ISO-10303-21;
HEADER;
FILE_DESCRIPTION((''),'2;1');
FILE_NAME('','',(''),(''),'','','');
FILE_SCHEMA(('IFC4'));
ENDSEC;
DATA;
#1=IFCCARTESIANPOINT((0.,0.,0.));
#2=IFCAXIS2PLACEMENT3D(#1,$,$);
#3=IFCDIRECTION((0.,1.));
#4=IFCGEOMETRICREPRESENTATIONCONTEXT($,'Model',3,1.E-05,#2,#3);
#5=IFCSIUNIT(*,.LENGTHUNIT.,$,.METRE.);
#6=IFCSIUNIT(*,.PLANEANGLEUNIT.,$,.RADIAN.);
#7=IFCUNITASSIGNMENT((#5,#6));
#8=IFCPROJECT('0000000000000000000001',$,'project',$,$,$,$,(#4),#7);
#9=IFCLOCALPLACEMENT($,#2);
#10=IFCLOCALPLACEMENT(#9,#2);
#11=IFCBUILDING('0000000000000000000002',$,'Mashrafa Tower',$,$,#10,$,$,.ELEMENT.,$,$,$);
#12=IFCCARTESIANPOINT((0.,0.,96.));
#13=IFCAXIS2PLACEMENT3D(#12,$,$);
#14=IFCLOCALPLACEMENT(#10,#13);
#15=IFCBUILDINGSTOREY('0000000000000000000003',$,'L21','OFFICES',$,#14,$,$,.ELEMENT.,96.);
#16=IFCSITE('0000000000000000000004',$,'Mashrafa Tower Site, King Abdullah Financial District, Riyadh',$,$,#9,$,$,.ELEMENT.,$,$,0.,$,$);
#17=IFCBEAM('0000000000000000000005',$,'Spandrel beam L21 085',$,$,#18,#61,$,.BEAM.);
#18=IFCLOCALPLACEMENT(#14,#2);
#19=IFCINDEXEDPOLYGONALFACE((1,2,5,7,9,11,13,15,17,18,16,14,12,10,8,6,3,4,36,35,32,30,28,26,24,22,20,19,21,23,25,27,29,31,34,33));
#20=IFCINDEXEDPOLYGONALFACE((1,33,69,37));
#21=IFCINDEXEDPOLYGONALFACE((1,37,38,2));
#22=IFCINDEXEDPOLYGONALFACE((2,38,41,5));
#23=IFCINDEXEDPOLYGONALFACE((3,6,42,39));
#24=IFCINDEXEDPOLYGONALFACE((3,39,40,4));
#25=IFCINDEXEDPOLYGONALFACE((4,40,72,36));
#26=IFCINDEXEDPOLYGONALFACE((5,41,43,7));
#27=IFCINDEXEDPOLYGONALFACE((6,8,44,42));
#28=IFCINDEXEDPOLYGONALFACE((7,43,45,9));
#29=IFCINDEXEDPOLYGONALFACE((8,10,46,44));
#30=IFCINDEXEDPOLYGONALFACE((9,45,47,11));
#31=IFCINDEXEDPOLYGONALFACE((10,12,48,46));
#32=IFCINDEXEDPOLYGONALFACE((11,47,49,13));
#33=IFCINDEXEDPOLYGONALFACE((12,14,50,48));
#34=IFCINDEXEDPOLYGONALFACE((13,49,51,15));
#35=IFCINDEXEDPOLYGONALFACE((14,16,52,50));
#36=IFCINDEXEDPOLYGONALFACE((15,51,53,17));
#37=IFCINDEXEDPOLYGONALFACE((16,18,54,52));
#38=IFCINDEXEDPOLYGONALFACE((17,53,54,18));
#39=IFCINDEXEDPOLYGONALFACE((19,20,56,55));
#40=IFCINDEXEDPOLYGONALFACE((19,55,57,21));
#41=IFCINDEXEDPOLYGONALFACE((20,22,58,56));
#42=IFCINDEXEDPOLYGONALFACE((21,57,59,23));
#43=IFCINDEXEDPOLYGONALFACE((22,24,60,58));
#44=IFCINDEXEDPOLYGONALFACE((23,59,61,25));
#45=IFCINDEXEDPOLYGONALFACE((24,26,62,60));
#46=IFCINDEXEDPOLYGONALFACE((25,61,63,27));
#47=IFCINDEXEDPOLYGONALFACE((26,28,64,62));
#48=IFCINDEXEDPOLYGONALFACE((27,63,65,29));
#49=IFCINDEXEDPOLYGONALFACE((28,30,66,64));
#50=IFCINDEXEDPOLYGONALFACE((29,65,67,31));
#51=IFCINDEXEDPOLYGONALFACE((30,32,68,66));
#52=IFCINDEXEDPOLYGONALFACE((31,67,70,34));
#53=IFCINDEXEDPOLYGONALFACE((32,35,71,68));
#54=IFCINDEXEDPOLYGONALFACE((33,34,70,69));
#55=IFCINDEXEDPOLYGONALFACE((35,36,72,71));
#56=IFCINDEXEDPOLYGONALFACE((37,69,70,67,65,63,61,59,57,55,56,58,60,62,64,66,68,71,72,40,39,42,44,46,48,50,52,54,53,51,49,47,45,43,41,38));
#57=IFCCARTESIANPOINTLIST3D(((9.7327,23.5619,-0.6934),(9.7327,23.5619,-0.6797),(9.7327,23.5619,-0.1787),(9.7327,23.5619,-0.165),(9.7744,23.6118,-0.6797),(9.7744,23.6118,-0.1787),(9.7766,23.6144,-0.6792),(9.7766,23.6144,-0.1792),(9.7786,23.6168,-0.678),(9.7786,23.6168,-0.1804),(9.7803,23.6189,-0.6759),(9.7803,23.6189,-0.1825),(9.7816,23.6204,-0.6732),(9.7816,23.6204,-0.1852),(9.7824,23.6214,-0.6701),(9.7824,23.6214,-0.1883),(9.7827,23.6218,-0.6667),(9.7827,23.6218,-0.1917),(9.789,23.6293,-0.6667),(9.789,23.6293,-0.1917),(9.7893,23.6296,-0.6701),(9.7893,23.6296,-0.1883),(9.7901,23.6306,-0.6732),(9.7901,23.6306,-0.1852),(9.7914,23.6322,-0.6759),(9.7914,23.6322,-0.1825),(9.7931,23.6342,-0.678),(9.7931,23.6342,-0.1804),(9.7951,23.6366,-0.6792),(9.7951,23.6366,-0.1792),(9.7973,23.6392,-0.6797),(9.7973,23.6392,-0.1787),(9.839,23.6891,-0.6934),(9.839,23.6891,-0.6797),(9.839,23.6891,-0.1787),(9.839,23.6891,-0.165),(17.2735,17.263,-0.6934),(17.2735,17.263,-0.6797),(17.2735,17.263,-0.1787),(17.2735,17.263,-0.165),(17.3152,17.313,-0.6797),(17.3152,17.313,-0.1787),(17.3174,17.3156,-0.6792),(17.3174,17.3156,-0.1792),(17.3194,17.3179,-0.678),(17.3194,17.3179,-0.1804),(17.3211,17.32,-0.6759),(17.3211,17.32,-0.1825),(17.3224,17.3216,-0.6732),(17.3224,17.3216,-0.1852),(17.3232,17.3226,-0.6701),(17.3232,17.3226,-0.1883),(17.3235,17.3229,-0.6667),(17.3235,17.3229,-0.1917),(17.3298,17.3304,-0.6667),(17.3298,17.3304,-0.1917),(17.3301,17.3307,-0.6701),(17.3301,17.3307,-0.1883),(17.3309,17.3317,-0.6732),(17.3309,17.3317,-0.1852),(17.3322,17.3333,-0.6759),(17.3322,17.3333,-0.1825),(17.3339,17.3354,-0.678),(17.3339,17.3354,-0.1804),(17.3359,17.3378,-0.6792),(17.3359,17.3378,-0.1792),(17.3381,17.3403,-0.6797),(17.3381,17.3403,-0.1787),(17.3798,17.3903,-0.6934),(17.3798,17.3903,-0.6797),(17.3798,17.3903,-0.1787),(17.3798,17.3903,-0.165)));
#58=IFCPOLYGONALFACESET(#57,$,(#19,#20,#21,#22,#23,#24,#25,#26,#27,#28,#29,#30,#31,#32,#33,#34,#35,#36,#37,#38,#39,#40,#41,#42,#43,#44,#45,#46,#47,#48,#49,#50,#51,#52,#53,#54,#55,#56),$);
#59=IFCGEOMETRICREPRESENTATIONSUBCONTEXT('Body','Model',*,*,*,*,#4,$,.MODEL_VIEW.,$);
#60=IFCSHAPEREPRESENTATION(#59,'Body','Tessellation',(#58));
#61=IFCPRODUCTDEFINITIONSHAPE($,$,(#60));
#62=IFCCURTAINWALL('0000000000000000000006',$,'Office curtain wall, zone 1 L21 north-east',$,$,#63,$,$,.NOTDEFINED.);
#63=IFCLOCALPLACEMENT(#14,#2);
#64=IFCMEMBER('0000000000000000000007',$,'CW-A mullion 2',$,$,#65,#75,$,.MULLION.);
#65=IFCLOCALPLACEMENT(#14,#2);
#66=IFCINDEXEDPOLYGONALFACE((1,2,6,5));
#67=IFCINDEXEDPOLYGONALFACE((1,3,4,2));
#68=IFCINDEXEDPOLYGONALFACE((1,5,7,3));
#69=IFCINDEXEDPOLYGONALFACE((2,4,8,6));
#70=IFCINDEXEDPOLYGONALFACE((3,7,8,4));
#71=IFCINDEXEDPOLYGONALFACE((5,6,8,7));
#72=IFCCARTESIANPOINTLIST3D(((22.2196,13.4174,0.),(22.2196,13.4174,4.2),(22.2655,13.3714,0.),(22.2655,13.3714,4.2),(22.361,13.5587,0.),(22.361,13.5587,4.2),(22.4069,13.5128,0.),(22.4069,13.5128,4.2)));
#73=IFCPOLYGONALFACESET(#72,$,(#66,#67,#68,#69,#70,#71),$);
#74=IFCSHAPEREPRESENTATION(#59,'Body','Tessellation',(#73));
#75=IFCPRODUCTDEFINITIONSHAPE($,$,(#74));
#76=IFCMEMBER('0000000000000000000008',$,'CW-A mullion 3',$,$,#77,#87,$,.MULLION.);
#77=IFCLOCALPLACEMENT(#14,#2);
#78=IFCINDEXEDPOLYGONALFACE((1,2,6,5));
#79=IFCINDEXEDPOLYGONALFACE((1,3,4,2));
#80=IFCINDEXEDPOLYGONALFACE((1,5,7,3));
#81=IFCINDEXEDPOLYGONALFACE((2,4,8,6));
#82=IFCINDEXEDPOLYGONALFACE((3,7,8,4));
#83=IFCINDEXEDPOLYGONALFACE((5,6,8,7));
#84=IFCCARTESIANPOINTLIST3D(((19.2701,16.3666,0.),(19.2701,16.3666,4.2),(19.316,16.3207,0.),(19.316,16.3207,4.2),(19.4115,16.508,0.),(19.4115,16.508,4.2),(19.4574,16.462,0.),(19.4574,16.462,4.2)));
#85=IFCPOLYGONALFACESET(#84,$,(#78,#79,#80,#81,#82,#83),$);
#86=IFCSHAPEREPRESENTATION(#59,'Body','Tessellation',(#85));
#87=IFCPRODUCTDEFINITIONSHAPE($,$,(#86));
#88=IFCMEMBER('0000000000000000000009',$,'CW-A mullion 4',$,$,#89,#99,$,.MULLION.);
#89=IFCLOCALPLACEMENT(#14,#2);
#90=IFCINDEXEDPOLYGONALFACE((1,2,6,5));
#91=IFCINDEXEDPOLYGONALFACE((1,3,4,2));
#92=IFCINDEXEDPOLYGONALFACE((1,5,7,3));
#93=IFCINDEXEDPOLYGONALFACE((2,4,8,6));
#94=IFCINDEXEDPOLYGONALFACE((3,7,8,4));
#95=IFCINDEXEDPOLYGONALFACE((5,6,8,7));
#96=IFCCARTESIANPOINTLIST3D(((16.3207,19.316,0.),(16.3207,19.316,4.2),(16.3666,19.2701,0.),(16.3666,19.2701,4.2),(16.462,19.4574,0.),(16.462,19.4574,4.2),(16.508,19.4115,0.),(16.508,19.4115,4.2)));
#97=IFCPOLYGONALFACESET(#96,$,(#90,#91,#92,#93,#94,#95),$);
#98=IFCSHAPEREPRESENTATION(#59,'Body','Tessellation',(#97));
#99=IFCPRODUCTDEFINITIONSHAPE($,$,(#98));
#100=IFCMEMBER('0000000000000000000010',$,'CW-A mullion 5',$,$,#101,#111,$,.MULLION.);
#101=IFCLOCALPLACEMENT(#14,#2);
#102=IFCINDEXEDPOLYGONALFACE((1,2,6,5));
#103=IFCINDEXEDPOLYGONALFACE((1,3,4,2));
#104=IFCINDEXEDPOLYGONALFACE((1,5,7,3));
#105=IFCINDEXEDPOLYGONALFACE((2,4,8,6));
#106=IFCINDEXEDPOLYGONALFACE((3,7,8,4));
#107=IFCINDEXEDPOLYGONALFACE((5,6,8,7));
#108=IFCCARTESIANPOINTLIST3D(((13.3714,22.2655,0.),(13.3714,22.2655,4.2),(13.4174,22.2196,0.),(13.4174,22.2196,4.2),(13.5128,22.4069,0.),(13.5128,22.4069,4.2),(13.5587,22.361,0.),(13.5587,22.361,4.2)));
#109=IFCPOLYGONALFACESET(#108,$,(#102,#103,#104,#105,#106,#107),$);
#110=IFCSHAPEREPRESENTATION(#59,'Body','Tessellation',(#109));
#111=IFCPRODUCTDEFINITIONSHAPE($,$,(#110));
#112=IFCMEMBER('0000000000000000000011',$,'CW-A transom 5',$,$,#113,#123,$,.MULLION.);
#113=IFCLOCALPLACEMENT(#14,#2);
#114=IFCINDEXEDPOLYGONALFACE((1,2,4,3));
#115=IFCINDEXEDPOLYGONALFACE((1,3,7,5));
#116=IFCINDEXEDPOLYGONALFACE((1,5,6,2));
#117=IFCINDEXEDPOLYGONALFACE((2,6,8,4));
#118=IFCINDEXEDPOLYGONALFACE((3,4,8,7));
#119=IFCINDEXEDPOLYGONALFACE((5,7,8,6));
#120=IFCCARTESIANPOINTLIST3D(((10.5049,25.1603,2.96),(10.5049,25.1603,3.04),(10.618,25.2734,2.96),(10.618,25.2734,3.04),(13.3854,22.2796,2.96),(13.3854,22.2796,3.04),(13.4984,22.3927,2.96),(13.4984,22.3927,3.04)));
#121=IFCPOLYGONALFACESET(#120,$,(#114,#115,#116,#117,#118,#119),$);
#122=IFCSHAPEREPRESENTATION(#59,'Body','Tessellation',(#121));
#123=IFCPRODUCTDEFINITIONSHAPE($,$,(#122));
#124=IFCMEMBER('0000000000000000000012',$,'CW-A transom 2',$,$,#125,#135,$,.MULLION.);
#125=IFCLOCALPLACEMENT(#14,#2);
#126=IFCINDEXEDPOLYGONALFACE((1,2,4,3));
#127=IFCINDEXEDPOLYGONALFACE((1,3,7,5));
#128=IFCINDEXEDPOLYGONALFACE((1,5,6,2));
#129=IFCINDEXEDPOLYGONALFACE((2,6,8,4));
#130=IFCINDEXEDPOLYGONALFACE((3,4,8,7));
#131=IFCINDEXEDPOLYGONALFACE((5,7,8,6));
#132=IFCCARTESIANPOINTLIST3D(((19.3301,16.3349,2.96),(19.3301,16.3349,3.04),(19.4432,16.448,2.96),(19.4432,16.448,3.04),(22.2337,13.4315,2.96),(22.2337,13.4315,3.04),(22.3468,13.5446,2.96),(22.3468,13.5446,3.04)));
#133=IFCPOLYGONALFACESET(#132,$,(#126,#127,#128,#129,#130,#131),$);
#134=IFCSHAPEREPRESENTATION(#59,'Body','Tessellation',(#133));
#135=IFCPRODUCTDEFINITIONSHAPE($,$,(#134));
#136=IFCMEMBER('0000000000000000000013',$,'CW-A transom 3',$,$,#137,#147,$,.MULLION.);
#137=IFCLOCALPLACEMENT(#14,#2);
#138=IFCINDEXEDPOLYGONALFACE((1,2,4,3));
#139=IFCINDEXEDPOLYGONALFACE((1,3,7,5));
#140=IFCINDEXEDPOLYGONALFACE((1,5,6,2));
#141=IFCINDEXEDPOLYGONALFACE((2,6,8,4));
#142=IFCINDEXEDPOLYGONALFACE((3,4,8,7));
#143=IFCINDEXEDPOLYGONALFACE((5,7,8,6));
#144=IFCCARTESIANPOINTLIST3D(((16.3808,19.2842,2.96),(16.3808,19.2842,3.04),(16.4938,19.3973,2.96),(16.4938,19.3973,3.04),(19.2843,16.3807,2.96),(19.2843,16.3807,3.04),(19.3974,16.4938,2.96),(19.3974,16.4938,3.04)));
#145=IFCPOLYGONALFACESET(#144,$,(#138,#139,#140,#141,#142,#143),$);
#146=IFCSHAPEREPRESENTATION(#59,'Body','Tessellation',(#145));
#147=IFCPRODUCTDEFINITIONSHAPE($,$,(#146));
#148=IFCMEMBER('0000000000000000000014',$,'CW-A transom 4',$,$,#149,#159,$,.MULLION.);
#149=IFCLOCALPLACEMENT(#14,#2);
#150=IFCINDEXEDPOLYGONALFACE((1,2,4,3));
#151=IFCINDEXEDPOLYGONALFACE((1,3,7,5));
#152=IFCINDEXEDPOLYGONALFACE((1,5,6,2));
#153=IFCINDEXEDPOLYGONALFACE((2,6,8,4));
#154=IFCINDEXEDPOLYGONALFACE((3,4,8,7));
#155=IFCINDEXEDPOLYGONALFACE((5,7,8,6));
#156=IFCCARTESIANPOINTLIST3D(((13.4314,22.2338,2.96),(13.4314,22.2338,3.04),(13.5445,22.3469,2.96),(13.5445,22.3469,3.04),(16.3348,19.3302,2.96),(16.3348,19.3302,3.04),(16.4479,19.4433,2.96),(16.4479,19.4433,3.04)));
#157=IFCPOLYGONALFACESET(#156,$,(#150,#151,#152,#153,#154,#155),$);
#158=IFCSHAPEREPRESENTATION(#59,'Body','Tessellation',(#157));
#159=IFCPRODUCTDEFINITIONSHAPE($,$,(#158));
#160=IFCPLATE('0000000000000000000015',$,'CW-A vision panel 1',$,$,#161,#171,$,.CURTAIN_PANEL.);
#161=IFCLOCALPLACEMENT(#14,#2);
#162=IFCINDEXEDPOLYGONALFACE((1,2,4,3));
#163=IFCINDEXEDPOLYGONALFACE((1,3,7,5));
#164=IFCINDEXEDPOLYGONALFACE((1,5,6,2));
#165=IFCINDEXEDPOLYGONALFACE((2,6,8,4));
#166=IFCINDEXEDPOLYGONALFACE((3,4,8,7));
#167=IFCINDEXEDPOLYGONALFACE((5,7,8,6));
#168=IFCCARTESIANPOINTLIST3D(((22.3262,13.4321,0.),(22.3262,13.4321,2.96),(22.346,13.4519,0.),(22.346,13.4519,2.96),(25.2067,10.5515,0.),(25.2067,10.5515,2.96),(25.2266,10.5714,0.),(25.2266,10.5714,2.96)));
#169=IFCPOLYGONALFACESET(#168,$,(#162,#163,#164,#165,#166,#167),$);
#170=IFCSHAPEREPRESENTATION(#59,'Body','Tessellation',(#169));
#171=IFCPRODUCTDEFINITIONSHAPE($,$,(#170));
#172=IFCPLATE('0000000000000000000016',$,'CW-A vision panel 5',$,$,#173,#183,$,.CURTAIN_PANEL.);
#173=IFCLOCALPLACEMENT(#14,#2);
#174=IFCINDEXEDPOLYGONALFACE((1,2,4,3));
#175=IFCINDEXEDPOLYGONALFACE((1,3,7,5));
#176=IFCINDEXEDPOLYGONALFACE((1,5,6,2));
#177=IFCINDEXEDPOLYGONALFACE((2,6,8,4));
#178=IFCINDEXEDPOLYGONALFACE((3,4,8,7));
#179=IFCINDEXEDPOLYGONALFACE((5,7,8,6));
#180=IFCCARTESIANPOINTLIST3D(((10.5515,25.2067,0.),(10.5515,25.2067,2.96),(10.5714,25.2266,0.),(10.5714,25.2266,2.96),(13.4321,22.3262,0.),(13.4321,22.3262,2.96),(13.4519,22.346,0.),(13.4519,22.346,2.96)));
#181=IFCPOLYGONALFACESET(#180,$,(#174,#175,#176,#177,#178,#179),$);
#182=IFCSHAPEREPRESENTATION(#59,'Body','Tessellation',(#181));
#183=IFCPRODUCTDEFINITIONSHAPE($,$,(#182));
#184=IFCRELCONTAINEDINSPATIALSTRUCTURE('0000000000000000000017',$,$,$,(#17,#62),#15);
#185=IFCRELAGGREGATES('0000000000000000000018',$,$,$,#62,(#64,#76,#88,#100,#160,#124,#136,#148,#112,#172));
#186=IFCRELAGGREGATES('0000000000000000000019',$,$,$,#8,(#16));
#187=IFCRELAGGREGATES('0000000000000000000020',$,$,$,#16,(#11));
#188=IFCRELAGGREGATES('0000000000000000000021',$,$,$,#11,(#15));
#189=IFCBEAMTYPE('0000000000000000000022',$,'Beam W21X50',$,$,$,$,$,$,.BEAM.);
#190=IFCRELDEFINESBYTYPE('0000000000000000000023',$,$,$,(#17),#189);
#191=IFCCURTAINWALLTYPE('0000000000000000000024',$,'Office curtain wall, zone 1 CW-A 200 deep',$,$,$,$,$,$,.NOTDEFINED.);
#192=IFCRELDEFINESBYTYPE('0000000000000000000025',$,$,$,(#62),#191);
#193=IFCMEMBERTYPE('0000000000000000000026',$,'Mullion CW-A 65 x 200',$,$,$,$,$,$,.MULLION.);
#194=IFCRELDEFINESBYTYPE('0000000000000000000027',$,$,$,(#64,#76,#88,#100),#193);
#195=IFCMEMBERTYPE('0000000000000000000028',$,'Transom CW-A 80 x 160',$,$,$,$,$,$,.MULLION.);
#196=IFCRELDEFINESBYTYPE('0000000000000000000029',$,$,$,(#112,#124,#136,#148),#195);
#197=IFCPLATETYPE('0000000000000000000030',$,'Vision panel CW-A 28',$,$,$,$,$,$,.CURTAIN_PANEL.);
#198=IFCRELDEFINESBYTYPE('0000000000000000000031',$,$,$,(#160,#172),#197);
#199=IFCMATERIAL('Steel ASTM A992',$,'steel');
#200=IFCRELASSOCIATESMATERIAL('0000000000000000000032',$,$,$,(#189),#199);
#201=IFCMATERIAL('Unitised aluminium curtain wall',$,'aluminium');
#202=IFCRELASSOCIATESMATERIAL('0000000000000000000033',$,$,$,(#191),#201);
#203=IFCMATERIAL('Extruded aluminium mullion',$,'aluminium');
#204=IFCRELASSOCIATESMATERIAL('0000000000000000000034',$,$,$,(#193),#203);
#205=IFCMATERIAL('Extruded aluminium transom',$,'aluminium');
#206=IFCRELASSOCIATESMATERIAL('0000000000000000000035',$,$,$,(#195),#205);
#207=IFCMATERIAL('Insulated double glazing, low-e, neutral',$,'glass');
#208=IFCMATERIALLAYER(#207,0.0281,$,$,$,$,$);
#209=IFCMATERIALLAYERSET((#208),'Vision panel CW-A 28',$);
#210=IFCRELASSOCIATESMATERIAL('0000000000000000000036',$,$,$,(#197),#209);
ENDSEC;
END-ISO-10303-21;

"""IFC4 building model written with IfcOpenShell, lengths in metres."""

from ifc_helpers import new_model, si_unit, direction, frame, origin, origin_2d, place, context, subcontext, project, spatial, rectangle, i_section, extrude, source, transform, mapped, material, layer, layer_set, material_profile, profile_set, type_object, type_shapes, element, aggregate, save


model = new_model("IFC4")

# Units and contexts
model_context = context("Model", 3, precision=1e-05, world=origin(), true_north=direction((0.0, 1.0)))
body_context = subcontext(model_context, "Body", "Model", "MODEL_VIEW")
ifc_project = project(units=[si_unit("LENGTHUNIT", "METRE"), si_unit("PLANEANGLEUNIT", "RADIAN")], contexts=[model_context])

# Site, building, storey
site_placement = place(None, origin())
site = spatial("IfcSite", under=ifc_project, at=site_placement, Name="Mashrafa Tower Site, King Abdullah Financial District, Riyadh", CompositionType="ELEMENT", RefElevation=0.0)
building_placement = place(site_placement, origin())
building = spatial("IfcBuilding", under=site, at=building_placement, Name="Mashrafa Tower", CompositionType="ELEMENT")
storey_placement = place(building_placement, frame((0.0, 0.0, 96.0)))
storey = spatial("IfcBuildingStorey", under=building, at=storey_placement, Name="L21", Description="OFFICES", CompositionType="ELEMENT", Elevation=96.0)

# Beam
ifc_material_1 = material(Name="Steel ASTM A992", Category="steel")
ifc_material_profile_1 = material_profile(ifc_material_1, i_section(OverallWidth=0.1658, OverallDepth=0.5283, WebThickness=0.0098, FlangeThickness=0.0137, FilletRadius=0.0129, at=origin_2d()), Name="W21X50")
ifc_profile_set_1 = profile_set([ifc_material_profile_1], Name="Steel ASTM A992")
beam_type_1 = type_object("IfcBeamType", Name="Beam W21X50", PredefinedType="BEAM", material=ifc_profile_set_1)
beam_1_placement = place(storey_placement, frame((17.3267, 17.3267, -0.4292), z_axis=(-0.767477, 0.641076, 0.0), x_axis=(-0.641076, -0.767477, 0.0)))
element("IfcBeam", 1, at=beam_1_placement, inside=storey, type_object=beam_type_1, Name="Spandrel beam L21 085", PredefinedType="BEAM", context=body_context, shape_type="SweptSolid", body=[
    extrude(i_section(OverallWidth=0.1658, OverallDepth=0.5283, WebThickness=0.0098, FlangeThickness=0.0137, FilletRadius=0.0129, at=origin_2d()), origin(), (0.0, 0.0, 1.0), 9.8254),
])

# Curtain wall, members, plates
ifc_material_2 = material(Name="Unitised aluminium curtain wall", Category="aluminium")
curtain_wall_type = type_object("IfcCurtainWallType", Name="Office curtain wall, zone 1 CW-A 200 deep", PredefinedType="NOTDEFINED", material=ifc_material_2)
curtain_wall_placement = place(storey_placement, origin())
curtain_wall = element("IfcCurtainWall", 2, at=curtain_wall_placement, inside=storey, type_object=curtain_wall_type, Name="Office curtain wall, zone 1 L21 north-east", PredefinedType="NOTDEFINED")
ifc_material_3 = material(Name="Extruded aluminium mullion", Category="aluminium")
ifc_material_profile_2 = material_profile(ifc_material_3, rectangle(XDim=0.2, YDim=0.0649, at=origin_2d()), Name="Mullion 65x200")
ifc_profile_set_2 = profile_set([ifc_material_profile_2], Name="Extruded aluminium mullion")
member_type_1 = type_object("IfcMemberType", Name="Mullion CW-A 65 x 200", PredefinedType="MULLION", material=ifc_profile_set_2)
shared_shape_1 = source(origin(), body_context, "Body", "SweptSolid", [
    extrude(rectangle(XDim=0.2, YDim=0.0649, at=origin_2d()), origin(), (0.0, 0.0, 1.0), 4.2),
])
type_shapes(member_type_1, [shared_shape_1])
member_1_placement = place(storey_placement, frame((22.3132, 13.4651, 0.0), z_axis=(0.0, 0.0, 1.0), x_axis=(-0.707107, -0.707107, 0.0)))
member_1 = element("IfcMember", 3, at=member_1_placement, type_object=member_type_1, Name="CW-A mullion 2", PredefinedType="MULLION", context=body_context, shape_type="MappedRepresentation", body=[
    mapped(shared_shape_1, transform((0.0, 0.0, 0.0))),
])
member_2_placement = place(storey_placement, frame((19.3638, 16.4143, 0.0), z_axis=(0.0, 0.0, 1.0), x_axis=(-0.707107, -0.707107, 0.0)))
member_2 = element("IfcMember", 4, at=member_2_placement, type_object=member_type_1, Name="CW-A mullion 3", PredefinedType="MULLION", context=body_context, shape_type="MappedRepresentation", body=[
    mapped(shared_shape_1, transform((0.0, 0.0, 0.0))),
])
member_3_placement = place(storey_placement, frame((16.4143, 19.3638, 0.0), z_axis=(0.0, 0.0, 1.0), x_axis=(-0.707107, -0.707107, 0.0)))
member_3 = element("IfcMember", 5, at=member_3_placement, type_object=member_type_1, Name="CW-A mullion 4", PredefinedType="MULLION", context=body_context, shape_type="MappedRepresentation", body=[
    mapped(shared_shape_1, transform((0.0, 0.0, 0.0))),
])
member_4_placement = place(storey_placement, frame((13.4651, 22.3132, 0.0), z_axis=(0.0, 0.0, 1.0), x_axis=(-0.707107, -0.707107, 0.0)))
member_4 = element("IfcMember", 6, at=member_4_placement, type_object=member_type_1, Name="CW-A mullion 5", PredefinedType="MULLION", context=body_context, shape_type="MappedRepresentation", body=[
    mapped(shared_shape_1, transform((0.0, 0.0, 0.0))),
])
ifc_material_4 = material(Name="Extruded aluminium transom", Category="aluminium")
ifc_material_profile_3 = material_profile(ifc_material_4, rectangle(XDim=0.1599, YDim=0.0801, at=origin_2d()), Name="Transom 80x160")
ifc_profile_set_3 = profile_set([ifc_material_profile_3], Name="Extruded aluminium transom")
member_type_2 = type_object("IfcMemberType", Name="Transom CW-A 80 x 160", PredefinedType="MULLION", material=ifc_profile_set_3)
shared_shape_2 = source(origin(), body_context, "Body", "SweptSolid", [
    extrude(rectangle(XDim=0.1599, YDim=0.0801, at=origin_2d()), origin(), (0.0, 0.0, 1.0), 4.0737),
])
member_5_placement = place(storey_placement, frame((13.4419, 22.3362, 3.0), z_axis=(-0.707077, 0.707137, 0.0), x_axis=(-0.707137, -0.707077, 0.0)))
member_5 = element("IfcMember", 7, at=member_5_placement, type_object=member_type_2, Name="CW-A transom 5", PredefinedType="MULLION", context=body_context, shape_type="MappedRepresentation", body=[
    mapped(shared_shape_2, transform((0.0, 0.0, 0.0))),
])
shared_shape_3 = source(origin(), body_context, "Body", "SweptSolid", [
    extrude(rectangle(XDim=0.1599, YDim=0.0801, at=origin_2d()), origin(), (0.0, 0.0, 1.0), 4.1062),
])
type_shapes(member_type_2, [shared_shape_2, shared_shape_3])
member_6_placement = place(storey_placement, frame((22.2903, 13.488, 3.0), z_axis=(-0.707137, 0.707077, 0.0), x_axis=(-0.707077, -0.707137, 0.0)))
member_6 = element("IfcMember", 8, at=member_6_placement, type_object=member_type_2, Name="CW-A transom 2", PredefinedType="MULLION", context=body_context, shape_type="MappedRepresentation", body=[
    mapped(shared_shape_3, transform((0.0, 0.0, 0.0))),
])
member_7_placement = place(storey_placement, frame((19.3408, 16.4373, 3.0), z_axis=(-0.707107, 0.707107, 0.0), x_axis=(-0.707107, -0.707107, 0.0)))
member_7 = element("IfcMember", 9, at=member_7_placement, type_object=member_type_2, Name="CW-A transom 3", PredefinedType="MULLION", context=body_context, shape_type="MappedRepresentation", body=[
    mapped(shared_shape_3, transform((0.0, 0.0, 0.0))),
])
member_8_placement = place(storey_placement, frame((16.3914, 19.3867, 3.0), z_axis=(-0.707077, 0.707137, 0.0), x_axis=(-0.707137, -0.707077, 0.0)))
member_8 = element("IfcMember", 10, at=member_8_placement, type_object=member_type_2, Name="CW-A transom 4", PredefinedType="MULLION", context=body_context, shape_type="MappedRepresentation", body=[
    mapped(shared_shape_3, transform((0.0, 0.0, 0.0))),
])
ifc_material_5 = material(Name="Insulated double glazing, low-e, neutral", Category="glass")
ifc_layer_1 = layer(ifc_material_5, 0.0281)
ifc_layer_set_1 = layer_set([ifc_layer_1], Name="Vision panel CW-A 28")
plate_type_1 = type_object("IfcPlateType", Name="Vision panel CW-A 28", PredefinedType="CURTAIN_PANEL", material=ifc_layer_set_1)
shared_shape_4 = source(origin(), body_context, "Body", "SweptSolid", [
    extrude(rectangle(XDim=4.0737, YDim=0.0281, at=origin_2d()), origin(), (0.0, 0.0, 1.0), 2.96),
])
plate_1_placement = place(storey_placement, frame((23.7764, 12.0017, 0.0), z_axis=(0.0, 0.0, 1.0), x_axis=(-0.707107, 0.707107, 0.0)))
plate_1 = element("IfcPlate", 11, at=plate_1_placement, type_object=plate_type_1, Name="CW-A vision panel 1", PredefinedType="CURTAIN_PANEL", context=body_context, shape_type="MappedRepresentation", body=[
    mapped(shared_shape_4, transform((0.0, 0.0, 0.0))),
])
plate_2_placement = place(storey_placement, frame((12.0017, 23.7764, 0.0), z_axis=(0.0, 0.0, 1.0), x_axis=(-0.707107, 0.707107, 0.0)))
plate_2 = element("IfcPlate", 12, at=plate_2_placement, type_object=plate_type_1, Name="CW-A vision panel 5", PredefinedType="CURTAIN_PANEL", context=body_context, shape_type="MappedRepresentation", body=[
    mapped(shared_shape_4, transform((0.0, 0.0, 0.0))),
])
aggregate(curtain_wall, [member_1, member_2, member_3, member_4, plate_1, member_6, member_7, member_8, member_5, plate_2])

save(model, "model.ifc")
